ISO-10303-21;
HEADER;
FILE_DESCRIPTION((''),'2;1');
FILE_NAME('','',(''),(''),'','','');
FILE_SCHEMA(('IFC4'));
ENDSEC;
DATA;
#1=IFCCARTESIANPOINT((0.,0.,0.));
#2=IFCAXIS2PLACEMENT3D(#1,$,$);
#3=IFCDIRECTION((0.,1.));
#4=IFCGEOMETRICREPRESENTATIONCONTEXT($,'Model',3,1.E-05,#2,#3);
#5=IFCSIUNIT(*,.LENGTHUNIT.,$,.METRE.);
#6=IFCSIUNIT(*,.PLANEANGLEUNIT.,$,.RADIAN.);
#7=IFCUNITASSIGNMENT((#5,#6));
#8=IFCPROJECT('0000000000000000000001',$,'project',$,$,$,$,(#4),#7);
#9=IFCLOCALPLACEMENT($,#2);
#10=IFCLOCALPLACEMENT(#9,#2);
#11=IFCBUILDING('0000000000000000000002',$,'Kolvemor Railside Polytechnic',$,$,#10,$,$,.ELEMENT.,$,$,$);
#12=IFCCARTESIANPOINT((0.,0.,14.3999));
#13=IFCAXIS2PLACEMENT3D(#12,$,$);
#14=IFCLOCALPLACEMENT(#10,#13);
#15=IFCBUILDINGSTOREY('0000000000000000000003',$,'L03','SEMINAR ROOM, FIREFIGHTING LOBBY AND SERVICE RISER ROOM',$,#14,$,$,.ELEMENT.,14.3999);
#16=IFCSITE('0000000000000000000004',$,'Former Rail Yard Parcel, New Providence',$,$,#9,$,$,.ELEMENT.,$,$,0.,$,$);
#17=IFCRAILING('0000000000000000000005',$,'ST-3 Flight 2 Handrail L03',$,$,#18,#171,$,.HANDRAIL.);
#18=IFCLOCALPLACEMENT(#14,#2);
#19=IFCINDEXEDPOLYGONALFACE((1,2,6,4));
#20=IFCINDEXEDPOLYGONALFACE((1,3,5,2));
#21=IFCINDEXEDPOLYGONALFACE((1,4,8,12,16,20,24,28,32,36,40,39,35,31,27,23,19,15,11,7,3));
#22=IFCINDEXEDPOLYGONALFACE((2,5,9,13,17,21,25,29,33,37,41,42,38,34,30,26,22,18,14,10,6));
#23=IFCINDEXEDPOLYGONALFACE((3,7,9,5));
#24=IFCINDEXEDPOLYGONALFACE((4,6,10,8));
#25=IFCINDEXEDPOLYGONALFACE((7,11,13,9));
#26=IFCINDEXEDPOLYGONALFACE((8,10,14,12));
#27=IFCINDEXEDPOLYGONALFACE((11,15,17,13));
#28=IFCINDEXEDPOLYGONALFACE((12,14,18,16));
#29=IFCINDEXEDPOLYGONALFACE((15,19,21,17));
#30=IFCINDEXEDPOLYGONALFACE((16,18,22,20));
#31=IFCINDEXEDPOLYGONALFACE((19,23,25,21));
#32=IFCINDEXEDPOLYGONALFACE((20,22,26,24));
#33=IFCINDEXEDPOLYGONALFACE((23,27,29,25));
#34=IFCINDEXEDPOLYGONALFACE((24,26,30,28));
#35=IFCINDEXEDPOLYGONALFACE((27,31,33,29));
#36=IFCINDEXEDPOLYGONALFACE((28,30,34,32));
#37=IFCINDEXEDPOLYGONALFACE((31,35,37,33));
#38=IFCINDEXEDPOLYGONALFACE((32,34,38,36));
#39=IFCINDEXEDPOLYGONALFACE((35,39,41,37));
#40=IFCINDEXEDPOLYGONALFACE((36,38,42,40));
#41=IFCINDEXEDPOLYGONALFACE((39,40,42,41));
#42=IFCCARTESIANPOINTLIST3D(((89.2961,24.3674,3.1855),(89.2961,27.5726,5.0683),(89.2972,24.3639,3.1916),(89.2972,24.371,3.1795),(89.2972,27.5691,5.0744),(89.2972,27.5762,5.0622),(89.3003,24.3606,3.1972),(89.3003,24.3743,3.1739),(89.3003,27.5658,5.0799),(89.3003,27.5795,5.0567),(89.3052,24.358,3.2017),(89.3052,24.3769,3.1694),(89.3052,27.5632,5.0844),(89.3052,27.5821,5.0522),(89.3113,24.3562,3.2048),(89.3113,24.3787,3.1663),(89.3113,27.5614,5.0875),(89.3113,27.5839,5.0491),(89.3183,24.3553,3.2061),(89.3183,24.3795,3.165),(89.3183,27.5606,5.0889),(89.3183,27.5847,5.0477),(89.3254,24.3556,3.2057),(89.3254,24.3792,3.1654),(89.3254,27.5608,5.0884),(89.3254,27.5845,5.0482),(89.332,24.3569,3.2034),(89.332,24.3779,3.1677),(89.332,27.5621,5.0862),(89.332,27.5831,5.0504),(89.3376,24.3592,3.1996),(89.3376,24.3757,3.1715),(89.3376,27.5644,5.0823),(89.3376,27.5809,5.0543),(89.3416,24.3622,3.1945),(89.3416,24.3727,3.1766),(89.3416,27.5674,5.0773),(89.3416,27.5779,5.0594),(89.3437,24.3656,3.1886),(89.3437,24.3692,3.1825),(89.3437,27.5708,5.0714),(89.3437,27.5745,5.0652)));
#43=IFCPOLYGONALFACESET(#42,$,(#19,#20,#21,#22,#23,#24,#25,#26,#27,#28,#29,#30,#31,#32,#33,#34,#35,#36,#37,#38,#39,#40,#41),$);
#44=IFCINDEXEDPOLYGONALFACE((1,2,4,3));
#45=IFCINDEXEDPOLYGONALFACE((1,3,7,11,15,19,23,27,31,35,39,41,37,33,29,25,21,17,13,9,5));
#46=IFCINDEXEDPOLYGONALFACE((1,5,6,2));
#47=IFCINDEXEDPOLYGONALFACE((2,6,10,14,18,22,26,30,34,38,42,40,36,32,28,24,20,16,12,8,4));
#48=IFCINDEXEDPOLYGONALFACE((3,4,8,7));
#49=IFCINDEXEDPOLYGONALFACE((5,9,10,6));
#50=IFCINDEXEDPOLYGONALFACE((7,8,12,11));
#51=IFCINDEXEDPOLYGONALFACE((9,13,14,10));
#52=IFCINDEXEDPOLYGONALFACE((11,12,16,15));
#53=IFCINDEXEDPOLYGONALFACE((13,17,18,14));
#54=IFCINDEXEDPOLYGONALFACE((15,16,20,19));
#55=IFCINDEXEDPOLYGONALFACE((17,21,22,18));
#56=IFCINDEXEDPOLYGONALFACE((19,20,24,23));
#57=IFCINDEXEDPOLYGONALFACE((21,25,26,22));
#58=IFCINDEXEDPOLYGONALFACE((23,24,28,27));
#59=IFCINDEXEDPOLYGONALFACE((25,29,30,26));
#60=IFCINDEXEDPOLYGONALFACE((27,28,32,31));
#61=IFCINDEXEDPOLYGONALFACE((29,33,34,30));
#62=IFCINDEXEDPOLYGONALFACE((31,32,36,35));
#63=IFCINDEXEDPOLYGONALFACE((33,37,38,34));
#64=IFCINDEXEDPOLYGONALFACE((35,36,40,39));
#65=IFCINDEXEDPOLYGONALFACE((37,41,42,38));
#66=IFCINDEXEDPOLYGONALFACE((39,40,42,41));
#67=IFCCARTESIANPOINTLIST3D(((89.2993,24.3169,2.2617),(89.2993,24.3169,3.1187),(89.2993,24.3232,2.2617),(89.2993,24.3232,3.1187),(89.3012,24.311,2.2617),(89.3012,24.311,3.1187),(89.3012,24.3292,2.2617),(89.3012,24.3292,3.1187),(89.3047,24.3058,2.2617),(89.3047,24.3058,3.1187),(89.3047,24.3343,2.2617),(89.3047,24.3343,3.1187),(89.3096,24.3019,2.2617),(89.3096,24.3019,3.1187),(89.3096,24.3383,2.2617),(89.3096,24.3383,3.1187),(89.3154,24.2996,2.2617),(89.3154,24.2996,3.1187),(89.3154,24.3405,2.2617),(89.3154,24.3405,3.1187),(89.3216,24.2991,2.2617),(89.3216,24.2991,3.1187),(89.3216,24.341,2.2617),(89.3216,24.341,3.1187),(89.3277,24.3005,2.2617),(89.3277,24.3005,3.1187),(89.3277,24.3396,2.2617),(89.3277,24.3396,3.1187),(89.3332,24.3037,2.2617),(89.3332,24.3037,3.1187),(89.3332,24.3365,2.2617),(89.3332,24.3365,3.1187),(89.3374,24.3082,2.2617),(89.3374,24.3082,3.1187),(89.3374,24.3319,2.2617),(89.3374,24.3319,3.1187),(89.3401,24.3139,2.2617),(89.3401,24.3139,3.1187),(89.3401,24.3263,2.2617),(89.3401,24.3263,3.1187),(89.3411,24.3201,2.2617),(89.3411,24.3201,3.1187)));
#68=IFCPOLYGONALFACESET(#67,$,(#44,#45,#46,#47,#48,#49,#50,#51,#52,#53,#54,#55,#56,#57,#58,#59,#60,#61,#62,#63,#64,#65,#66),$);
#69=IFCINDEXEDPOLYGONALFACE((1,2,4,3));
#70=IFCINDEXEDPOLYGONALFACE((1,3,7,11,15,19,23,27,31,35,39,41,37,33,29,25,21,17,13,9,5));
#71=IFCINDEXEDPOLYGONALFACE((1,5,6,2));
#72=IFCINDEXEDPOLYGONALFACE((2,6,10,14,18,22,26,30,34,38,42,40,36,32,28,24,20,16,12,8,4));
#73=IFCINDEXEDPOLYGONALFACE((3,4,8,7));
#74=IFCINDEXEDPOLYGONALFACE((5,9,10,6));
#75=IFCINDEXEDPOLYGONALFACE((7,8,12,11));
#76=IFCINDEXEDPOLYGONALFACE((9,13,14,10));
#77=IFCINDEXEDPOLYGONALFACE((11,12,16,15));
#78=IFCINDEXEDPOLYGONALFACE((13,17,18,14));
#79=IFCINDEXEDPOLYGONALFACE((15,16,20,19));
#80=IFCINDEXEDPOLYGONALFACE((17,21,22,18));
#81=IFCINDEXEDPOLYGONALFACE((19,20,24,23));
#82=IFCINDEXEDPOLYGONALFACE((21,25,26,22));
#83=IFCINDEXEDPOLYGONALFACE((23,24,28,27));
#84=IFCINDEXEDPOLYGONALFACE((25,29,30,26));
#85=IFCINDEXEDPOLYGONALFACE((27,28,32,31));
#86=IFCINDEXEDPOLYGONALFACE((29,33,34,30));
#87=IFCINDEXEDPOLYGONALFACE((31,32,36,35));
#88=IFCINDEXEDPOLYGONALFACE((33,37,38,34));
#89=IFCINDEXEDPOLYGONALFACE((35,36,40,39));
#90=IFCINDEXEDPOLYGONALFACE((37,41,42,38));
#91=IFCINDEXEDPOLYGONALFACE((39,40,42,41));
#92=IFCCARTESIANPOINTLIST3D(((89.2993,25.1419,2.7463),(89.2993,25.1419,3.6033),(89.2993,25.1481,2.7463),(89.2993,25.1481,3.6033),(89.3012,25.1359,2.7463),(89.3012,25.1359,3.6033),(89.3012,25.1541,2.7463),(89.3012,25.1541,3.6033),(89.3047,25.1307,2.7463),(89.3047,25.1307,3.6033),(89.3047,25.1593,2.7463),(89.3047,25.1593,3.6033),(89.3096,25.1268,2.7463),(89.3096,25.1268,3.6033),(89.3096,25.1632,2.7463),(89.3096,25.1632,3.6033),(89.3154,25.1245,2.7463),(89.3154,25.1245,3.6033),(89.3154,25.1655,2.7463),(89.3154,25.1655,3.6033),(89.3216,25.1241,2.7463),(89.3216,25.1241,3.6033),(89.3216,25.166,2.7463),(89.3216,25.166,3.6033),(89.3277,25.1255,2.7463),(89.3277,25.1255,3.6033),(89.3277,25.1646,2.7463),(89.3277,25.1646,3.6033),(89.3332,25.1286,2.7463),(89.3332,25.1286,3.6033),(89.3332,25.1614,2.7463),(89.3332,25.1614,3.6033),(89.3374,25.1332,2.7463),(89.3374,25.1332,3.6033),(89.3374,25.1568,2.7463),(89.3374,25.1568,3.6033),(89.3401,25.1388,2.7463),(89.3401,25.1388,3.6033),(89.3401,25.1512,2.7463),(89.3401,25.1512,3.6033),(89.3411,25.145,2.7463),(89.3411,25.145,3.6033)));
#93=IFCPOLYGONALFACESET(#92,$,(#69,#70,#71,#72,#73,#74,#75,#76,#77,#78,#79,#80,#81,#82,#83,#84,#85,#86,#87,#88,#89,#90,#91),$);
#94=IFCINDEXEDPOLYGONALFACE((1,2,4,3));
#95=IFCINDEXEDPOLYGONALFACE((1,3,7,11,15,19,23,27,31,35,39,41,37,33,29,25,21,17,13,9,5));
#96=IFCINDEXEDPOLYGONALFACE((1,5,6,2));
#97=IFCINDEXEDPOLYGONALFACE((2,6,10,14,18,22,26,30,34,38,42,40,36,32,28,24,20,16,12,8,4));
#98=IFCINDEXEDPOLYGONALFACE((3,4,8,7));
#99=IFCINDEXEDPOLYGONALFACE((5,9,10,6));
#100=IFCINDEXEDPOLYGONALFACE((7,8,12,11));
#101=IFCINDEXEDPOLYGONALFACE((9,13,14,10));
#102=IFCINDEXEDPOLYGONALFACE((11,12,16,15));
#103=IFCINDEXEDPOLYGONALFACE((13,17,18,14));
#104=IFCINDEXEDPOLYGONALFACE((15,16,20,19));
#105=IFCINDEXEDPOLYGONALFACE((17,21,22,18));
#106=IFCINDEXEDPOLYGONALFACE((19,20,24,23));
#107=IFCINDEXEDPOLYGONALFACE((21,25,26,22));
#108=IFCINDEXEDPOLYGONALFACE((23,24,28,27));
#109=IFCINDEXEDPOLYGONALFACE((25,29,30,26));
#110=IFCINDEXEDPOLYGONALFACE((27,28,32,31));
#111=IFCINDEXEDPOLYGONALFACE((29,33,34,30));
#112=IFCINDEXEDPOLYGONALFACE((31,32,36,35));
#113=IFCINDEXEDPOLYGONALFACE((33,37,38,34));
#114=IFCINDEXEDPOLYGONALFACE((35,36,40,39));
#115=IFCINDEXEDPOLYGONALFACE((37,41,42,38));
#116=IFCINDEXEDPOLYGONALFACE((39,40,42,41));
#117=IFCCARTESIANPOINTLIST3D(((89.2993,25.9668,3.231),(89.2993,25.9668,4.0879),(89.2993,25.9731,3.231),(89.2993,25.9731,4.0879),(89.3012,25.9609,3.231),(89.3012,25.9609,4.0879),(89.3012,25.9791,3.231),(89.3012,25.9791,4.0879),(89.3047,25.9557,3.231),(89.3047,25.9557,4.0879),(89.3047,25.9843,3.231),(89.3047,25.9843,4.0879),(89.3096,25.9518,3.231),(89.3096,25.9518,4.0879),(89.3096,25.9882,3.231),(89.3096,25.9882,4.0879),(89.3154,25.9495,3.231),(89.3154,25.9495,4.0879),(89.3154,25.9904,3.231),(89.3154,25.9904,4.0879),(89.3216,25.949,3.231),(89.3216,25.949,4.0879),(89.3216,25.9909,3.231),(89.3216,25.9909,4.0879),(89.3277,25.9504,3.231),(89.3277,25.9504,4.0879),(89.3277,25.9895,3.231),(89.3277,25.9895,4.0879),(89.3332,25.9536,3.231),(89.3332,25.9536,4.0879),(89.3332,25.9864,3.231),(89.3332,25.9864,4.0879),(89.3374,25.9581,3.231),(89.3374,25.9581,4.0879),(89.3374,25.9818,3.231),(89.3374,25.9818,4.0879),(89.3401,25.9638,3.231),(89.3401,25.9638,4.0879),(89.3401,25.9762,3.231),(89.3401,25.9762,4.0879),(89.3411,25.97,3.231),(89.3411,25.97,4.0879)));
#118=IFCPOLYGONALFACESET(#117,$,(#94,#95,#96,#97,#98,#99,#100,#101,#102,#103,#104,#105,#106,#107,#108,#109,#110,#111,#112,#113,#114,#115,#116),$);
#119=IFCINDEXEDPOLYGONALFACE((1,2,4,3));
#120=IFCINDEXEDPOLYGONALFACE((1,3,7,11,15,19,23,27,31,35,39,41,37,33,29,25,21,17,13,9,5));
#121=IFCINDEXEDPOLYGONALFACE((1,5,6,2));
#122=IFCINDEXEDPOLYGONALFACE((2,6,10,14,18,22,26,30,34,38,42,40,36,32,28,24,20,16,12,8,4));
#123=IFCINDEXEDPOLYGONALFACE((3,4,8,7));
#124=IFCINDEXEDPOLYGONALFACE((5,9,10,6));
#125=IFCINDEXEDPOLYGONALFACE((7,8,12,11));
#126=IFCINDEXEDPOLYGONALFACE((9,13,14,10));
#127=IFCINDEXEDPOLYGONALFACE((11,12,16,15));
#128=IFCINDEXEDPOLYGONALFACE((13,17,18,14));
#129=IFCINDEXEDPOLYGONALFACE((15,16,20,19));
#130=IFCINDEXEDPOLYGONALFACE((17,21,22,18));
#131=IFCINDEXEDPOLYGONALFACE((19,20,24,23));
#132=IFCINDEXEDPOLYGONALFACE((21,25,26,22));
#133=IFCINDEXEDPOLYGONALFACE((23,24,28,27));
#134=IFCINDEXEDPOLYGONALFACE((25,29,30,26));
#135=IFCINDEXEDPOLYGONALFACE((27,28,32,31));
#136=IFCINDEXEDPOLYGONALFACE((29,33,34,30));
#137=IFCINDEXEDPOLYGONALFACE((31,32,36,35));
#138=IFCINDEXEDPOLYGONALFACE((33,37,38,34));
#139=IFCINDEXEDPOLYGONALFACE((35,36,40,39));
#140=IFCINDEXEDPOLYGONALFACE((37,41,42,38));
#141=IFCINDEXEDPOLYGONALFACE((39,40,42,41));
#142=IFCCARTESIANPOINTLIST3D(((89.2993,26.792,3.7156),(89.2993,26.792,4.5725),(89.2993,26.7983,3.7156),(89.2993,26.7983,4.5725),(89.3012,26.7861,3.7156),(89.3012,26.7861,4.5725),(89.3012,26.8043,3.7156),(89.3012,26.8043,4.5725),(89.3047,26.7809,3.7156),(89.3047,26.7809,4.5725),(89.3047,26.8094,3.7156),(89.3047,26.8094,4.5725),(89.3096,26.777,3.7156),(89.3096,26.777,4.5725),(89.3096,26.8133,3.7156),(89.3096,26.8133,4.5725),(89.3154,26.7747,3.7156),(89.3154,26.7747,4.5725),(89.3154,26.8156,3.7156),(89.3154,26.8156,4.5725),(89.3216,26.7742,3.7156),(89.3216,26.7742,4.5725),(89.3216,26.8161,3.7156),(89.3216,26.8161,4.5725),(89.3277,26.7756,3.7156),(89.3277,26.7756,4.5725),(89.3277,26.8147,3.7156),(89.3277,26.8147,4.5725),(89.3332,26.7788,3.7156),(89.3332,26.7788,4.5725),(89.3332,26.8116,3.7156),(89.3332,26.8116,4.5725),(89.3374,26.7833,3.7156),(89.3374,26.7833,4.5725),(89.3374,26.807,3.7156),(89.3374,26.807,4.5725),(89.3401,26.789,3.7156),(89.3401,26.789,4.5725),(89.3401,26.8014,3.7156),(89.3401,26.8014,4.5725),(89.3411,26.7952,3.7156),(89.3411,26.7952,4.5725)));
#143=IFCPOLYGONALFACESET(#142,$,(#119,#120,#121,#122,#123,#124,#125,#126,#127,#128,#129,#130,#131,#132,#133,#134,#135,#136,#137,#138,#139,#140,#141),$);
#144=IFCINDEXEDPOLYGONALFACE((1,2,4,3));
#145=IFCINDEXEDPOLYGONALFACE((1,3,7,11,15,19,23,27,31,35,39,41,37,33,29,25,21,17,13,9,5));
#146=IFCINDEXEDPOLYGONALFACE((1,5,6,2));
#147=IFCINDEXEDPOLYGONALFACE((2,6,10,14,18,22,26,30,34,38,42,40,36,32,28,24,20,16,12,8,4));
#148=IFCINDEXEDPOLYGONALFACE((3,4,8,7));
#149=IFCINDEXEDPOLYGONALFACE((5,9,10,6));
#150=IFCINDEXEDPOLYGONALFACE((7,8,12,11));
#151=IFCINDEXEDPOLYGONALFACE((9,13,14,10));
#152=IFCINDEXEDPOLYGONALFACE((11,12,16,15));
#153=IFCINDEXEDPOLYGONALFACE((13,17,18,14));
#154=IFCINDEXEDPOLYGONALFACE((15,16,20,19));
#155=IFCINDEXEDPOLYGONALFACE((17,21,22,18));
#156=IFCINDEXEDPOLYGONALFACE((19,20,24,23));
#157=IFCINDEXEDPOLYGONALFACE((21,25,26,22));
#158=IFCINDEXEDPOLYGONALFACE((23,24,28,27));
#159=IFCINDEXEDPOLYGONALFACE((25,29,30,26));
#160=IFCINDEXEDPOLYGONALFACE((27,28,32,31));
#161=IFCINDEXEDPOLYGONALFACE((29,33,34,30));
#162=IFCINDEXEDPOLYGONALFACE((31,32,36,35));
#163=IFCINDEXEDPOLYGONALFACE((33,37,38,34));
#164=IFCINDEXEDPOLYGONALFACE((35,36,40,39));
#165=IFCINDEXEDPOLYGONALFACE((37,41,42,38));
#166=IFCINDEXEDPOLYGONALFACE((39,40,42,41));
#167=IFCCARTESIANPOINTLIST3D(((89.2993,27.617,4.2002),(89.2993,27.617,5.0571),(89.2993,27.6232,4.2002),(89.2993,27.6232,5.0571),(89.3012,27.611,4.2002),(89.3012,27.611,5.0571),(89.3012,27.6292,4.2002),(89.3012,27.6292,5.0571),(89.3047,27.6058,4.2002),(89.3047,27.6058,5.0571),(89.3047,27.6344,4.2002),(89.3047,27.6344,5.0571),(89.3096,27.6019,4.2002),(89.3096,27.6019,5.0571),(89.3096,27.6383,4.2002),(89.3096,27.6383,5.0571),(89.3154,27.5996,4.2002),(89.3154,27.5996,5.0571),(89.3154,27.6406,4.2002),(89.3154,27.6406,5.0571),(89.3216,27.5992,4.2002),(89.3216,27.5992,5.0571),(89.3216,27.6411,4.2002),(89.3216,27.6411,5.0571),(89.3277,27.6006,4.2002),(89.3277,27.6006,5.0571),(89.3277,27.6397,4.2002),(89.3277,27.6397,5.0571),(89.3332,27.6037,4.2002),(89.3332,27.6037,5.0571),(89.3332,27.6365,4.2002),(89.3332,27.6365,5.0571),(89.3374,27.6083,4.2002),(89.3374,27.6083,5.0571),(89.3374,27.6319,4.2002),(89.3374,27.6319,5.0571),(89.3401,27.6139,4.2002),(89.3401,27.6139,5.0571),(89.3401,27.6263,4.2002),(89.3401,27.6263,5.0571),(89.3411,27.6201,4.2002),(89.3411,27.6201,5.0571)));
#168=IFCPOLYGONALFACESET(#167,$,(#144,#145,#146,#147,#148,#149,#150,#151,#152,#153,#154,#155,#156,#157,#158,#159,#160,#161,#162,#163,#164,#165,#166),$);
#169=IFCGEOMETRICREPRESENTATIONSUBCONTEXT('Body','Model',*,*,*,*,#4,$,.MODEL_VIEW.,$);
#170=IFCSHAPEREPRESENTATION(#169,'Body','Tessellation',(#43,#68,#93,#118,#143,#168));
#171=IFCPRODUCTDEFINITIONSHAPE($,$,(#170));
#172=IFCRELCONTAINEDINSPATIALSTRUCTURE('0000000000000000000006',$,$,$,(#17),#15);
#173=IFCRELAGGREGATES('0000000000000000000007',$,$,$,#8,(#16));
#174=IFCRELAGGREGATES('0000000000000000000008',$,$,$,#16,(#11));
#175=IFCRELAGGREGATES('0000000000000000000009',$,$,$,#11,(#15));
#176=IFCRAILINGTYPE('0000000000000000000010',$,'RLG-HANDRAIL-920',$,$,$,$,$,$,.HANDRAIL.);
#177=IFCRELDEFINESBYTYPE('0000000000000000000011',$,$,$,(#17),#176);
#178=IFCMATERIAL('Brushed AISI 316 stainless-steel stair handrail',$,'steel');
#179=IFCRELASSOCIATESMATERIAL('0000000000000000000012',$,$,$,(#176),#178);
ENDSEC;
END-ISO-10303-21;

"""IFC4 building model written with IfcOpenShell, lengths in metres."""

from ifc_helpers import new_model, si_unit, direction, frame, origin, origin_2d, place, context, subcontext, project, spatial, circle, extrude, material, type_object, element, save


model = new_model("IFC4")

# Units and contexts
model_context = context("Model", 3, precision=1e-05, world=origin(), true_north=direction((0.0, 1.0)))
body_context = subcontext(model_context, "Body", "Model", "MODEL_VIEW")
ifc_project = project(units=[si_unit("LENGTHUNIT", "METRE"), si_unit("PLANEANGLEUNIT", "RADIAN")], contexts=[model_context])

# Site, building, storey
site_placement = place(None, origin())
site = spatial("IfcSite", under=ifc_project, at=site_placement, Name="Former Rail Yard Parcel, New Providence", CompositionType="ELEMENT", RefElevation=0.0)
building_placement = place(site_placement, origin())
building = spatial("IfcBuilding", under=site, at=building_placement, Name="Kolvemor Railside Polytechnic", CompositionType="ELEMENT")
storey_placement = place(building_placement, frame((0.0, 0.0, 14.3999)))
storey = spatial("IfcBuildingStorey", under=building, at=storey_placement, Name="L03", Description="SEMINAR ROOM, FIREFIGHTING LOBBY AND SERVICE RISER ROOM", CompositionType="ELEMENT", Elevation=14.3999)

# Railing
ifc_material_1 = material(Name="Brushed AISI 316 stainless-steel stair handrail", Category="steel")
railing_type_1 = type_object("IfcRailingType", Name="RLG-HANDRAIL-920", PredefinedType="HANDRAIL", material=ifc_material_1)
railing_1_placement = place(storey_placement, frame((89.3201, 24.3201, 2.2617)))
element("IfcRailing", 1, at=railing_1_placement, inside=storey, type_object=railing_type_1, Name="ST-3 Flight 2 Handrail L03", PredefinedType="HANDRAIL", context=body_context, shape_type="SweptSolid", body=[
    extrude(circle(Radius=0.0239, at=origin_2d()), frame((0.0, 0.0474, 0.9238), z_axis=(0.0, 0.862246, 0.50649), x_axis=(-1.0, 0.0, 0.0)), (0.0, 0.0, 1.0), 3.7173),
    extrude(circle(Radius=0.021, at=origin_2d()), origin(), (0.0, 0.0, 1.0), 0.8569),
    extrude(circle(Radius=0.021, at=origin_2d()), frame((0.0, 0.825, 0.4846)), (0.0, 0.0, 1.0), 0.8569),
    extrude(circle(Radius=0.021, at=origin_2d()), frame((0.0, 1.6499, 0.9692)), (0.0, 0.0, 1.0), 0.8569),
    extrude(circle(Radius=0.021, at=origin_2d()), frame((0.0, 2.4751, 1.4539)), (0.0, 0.0, 1.0), 0.8569),
    extrude(circle(Radius=0.021, at=origin_2d()), frame((0.0, 3.3, 1.9385)), (0.0, 0.0, 1.0), 0.8569),
])

save(model, "model.ifc")
